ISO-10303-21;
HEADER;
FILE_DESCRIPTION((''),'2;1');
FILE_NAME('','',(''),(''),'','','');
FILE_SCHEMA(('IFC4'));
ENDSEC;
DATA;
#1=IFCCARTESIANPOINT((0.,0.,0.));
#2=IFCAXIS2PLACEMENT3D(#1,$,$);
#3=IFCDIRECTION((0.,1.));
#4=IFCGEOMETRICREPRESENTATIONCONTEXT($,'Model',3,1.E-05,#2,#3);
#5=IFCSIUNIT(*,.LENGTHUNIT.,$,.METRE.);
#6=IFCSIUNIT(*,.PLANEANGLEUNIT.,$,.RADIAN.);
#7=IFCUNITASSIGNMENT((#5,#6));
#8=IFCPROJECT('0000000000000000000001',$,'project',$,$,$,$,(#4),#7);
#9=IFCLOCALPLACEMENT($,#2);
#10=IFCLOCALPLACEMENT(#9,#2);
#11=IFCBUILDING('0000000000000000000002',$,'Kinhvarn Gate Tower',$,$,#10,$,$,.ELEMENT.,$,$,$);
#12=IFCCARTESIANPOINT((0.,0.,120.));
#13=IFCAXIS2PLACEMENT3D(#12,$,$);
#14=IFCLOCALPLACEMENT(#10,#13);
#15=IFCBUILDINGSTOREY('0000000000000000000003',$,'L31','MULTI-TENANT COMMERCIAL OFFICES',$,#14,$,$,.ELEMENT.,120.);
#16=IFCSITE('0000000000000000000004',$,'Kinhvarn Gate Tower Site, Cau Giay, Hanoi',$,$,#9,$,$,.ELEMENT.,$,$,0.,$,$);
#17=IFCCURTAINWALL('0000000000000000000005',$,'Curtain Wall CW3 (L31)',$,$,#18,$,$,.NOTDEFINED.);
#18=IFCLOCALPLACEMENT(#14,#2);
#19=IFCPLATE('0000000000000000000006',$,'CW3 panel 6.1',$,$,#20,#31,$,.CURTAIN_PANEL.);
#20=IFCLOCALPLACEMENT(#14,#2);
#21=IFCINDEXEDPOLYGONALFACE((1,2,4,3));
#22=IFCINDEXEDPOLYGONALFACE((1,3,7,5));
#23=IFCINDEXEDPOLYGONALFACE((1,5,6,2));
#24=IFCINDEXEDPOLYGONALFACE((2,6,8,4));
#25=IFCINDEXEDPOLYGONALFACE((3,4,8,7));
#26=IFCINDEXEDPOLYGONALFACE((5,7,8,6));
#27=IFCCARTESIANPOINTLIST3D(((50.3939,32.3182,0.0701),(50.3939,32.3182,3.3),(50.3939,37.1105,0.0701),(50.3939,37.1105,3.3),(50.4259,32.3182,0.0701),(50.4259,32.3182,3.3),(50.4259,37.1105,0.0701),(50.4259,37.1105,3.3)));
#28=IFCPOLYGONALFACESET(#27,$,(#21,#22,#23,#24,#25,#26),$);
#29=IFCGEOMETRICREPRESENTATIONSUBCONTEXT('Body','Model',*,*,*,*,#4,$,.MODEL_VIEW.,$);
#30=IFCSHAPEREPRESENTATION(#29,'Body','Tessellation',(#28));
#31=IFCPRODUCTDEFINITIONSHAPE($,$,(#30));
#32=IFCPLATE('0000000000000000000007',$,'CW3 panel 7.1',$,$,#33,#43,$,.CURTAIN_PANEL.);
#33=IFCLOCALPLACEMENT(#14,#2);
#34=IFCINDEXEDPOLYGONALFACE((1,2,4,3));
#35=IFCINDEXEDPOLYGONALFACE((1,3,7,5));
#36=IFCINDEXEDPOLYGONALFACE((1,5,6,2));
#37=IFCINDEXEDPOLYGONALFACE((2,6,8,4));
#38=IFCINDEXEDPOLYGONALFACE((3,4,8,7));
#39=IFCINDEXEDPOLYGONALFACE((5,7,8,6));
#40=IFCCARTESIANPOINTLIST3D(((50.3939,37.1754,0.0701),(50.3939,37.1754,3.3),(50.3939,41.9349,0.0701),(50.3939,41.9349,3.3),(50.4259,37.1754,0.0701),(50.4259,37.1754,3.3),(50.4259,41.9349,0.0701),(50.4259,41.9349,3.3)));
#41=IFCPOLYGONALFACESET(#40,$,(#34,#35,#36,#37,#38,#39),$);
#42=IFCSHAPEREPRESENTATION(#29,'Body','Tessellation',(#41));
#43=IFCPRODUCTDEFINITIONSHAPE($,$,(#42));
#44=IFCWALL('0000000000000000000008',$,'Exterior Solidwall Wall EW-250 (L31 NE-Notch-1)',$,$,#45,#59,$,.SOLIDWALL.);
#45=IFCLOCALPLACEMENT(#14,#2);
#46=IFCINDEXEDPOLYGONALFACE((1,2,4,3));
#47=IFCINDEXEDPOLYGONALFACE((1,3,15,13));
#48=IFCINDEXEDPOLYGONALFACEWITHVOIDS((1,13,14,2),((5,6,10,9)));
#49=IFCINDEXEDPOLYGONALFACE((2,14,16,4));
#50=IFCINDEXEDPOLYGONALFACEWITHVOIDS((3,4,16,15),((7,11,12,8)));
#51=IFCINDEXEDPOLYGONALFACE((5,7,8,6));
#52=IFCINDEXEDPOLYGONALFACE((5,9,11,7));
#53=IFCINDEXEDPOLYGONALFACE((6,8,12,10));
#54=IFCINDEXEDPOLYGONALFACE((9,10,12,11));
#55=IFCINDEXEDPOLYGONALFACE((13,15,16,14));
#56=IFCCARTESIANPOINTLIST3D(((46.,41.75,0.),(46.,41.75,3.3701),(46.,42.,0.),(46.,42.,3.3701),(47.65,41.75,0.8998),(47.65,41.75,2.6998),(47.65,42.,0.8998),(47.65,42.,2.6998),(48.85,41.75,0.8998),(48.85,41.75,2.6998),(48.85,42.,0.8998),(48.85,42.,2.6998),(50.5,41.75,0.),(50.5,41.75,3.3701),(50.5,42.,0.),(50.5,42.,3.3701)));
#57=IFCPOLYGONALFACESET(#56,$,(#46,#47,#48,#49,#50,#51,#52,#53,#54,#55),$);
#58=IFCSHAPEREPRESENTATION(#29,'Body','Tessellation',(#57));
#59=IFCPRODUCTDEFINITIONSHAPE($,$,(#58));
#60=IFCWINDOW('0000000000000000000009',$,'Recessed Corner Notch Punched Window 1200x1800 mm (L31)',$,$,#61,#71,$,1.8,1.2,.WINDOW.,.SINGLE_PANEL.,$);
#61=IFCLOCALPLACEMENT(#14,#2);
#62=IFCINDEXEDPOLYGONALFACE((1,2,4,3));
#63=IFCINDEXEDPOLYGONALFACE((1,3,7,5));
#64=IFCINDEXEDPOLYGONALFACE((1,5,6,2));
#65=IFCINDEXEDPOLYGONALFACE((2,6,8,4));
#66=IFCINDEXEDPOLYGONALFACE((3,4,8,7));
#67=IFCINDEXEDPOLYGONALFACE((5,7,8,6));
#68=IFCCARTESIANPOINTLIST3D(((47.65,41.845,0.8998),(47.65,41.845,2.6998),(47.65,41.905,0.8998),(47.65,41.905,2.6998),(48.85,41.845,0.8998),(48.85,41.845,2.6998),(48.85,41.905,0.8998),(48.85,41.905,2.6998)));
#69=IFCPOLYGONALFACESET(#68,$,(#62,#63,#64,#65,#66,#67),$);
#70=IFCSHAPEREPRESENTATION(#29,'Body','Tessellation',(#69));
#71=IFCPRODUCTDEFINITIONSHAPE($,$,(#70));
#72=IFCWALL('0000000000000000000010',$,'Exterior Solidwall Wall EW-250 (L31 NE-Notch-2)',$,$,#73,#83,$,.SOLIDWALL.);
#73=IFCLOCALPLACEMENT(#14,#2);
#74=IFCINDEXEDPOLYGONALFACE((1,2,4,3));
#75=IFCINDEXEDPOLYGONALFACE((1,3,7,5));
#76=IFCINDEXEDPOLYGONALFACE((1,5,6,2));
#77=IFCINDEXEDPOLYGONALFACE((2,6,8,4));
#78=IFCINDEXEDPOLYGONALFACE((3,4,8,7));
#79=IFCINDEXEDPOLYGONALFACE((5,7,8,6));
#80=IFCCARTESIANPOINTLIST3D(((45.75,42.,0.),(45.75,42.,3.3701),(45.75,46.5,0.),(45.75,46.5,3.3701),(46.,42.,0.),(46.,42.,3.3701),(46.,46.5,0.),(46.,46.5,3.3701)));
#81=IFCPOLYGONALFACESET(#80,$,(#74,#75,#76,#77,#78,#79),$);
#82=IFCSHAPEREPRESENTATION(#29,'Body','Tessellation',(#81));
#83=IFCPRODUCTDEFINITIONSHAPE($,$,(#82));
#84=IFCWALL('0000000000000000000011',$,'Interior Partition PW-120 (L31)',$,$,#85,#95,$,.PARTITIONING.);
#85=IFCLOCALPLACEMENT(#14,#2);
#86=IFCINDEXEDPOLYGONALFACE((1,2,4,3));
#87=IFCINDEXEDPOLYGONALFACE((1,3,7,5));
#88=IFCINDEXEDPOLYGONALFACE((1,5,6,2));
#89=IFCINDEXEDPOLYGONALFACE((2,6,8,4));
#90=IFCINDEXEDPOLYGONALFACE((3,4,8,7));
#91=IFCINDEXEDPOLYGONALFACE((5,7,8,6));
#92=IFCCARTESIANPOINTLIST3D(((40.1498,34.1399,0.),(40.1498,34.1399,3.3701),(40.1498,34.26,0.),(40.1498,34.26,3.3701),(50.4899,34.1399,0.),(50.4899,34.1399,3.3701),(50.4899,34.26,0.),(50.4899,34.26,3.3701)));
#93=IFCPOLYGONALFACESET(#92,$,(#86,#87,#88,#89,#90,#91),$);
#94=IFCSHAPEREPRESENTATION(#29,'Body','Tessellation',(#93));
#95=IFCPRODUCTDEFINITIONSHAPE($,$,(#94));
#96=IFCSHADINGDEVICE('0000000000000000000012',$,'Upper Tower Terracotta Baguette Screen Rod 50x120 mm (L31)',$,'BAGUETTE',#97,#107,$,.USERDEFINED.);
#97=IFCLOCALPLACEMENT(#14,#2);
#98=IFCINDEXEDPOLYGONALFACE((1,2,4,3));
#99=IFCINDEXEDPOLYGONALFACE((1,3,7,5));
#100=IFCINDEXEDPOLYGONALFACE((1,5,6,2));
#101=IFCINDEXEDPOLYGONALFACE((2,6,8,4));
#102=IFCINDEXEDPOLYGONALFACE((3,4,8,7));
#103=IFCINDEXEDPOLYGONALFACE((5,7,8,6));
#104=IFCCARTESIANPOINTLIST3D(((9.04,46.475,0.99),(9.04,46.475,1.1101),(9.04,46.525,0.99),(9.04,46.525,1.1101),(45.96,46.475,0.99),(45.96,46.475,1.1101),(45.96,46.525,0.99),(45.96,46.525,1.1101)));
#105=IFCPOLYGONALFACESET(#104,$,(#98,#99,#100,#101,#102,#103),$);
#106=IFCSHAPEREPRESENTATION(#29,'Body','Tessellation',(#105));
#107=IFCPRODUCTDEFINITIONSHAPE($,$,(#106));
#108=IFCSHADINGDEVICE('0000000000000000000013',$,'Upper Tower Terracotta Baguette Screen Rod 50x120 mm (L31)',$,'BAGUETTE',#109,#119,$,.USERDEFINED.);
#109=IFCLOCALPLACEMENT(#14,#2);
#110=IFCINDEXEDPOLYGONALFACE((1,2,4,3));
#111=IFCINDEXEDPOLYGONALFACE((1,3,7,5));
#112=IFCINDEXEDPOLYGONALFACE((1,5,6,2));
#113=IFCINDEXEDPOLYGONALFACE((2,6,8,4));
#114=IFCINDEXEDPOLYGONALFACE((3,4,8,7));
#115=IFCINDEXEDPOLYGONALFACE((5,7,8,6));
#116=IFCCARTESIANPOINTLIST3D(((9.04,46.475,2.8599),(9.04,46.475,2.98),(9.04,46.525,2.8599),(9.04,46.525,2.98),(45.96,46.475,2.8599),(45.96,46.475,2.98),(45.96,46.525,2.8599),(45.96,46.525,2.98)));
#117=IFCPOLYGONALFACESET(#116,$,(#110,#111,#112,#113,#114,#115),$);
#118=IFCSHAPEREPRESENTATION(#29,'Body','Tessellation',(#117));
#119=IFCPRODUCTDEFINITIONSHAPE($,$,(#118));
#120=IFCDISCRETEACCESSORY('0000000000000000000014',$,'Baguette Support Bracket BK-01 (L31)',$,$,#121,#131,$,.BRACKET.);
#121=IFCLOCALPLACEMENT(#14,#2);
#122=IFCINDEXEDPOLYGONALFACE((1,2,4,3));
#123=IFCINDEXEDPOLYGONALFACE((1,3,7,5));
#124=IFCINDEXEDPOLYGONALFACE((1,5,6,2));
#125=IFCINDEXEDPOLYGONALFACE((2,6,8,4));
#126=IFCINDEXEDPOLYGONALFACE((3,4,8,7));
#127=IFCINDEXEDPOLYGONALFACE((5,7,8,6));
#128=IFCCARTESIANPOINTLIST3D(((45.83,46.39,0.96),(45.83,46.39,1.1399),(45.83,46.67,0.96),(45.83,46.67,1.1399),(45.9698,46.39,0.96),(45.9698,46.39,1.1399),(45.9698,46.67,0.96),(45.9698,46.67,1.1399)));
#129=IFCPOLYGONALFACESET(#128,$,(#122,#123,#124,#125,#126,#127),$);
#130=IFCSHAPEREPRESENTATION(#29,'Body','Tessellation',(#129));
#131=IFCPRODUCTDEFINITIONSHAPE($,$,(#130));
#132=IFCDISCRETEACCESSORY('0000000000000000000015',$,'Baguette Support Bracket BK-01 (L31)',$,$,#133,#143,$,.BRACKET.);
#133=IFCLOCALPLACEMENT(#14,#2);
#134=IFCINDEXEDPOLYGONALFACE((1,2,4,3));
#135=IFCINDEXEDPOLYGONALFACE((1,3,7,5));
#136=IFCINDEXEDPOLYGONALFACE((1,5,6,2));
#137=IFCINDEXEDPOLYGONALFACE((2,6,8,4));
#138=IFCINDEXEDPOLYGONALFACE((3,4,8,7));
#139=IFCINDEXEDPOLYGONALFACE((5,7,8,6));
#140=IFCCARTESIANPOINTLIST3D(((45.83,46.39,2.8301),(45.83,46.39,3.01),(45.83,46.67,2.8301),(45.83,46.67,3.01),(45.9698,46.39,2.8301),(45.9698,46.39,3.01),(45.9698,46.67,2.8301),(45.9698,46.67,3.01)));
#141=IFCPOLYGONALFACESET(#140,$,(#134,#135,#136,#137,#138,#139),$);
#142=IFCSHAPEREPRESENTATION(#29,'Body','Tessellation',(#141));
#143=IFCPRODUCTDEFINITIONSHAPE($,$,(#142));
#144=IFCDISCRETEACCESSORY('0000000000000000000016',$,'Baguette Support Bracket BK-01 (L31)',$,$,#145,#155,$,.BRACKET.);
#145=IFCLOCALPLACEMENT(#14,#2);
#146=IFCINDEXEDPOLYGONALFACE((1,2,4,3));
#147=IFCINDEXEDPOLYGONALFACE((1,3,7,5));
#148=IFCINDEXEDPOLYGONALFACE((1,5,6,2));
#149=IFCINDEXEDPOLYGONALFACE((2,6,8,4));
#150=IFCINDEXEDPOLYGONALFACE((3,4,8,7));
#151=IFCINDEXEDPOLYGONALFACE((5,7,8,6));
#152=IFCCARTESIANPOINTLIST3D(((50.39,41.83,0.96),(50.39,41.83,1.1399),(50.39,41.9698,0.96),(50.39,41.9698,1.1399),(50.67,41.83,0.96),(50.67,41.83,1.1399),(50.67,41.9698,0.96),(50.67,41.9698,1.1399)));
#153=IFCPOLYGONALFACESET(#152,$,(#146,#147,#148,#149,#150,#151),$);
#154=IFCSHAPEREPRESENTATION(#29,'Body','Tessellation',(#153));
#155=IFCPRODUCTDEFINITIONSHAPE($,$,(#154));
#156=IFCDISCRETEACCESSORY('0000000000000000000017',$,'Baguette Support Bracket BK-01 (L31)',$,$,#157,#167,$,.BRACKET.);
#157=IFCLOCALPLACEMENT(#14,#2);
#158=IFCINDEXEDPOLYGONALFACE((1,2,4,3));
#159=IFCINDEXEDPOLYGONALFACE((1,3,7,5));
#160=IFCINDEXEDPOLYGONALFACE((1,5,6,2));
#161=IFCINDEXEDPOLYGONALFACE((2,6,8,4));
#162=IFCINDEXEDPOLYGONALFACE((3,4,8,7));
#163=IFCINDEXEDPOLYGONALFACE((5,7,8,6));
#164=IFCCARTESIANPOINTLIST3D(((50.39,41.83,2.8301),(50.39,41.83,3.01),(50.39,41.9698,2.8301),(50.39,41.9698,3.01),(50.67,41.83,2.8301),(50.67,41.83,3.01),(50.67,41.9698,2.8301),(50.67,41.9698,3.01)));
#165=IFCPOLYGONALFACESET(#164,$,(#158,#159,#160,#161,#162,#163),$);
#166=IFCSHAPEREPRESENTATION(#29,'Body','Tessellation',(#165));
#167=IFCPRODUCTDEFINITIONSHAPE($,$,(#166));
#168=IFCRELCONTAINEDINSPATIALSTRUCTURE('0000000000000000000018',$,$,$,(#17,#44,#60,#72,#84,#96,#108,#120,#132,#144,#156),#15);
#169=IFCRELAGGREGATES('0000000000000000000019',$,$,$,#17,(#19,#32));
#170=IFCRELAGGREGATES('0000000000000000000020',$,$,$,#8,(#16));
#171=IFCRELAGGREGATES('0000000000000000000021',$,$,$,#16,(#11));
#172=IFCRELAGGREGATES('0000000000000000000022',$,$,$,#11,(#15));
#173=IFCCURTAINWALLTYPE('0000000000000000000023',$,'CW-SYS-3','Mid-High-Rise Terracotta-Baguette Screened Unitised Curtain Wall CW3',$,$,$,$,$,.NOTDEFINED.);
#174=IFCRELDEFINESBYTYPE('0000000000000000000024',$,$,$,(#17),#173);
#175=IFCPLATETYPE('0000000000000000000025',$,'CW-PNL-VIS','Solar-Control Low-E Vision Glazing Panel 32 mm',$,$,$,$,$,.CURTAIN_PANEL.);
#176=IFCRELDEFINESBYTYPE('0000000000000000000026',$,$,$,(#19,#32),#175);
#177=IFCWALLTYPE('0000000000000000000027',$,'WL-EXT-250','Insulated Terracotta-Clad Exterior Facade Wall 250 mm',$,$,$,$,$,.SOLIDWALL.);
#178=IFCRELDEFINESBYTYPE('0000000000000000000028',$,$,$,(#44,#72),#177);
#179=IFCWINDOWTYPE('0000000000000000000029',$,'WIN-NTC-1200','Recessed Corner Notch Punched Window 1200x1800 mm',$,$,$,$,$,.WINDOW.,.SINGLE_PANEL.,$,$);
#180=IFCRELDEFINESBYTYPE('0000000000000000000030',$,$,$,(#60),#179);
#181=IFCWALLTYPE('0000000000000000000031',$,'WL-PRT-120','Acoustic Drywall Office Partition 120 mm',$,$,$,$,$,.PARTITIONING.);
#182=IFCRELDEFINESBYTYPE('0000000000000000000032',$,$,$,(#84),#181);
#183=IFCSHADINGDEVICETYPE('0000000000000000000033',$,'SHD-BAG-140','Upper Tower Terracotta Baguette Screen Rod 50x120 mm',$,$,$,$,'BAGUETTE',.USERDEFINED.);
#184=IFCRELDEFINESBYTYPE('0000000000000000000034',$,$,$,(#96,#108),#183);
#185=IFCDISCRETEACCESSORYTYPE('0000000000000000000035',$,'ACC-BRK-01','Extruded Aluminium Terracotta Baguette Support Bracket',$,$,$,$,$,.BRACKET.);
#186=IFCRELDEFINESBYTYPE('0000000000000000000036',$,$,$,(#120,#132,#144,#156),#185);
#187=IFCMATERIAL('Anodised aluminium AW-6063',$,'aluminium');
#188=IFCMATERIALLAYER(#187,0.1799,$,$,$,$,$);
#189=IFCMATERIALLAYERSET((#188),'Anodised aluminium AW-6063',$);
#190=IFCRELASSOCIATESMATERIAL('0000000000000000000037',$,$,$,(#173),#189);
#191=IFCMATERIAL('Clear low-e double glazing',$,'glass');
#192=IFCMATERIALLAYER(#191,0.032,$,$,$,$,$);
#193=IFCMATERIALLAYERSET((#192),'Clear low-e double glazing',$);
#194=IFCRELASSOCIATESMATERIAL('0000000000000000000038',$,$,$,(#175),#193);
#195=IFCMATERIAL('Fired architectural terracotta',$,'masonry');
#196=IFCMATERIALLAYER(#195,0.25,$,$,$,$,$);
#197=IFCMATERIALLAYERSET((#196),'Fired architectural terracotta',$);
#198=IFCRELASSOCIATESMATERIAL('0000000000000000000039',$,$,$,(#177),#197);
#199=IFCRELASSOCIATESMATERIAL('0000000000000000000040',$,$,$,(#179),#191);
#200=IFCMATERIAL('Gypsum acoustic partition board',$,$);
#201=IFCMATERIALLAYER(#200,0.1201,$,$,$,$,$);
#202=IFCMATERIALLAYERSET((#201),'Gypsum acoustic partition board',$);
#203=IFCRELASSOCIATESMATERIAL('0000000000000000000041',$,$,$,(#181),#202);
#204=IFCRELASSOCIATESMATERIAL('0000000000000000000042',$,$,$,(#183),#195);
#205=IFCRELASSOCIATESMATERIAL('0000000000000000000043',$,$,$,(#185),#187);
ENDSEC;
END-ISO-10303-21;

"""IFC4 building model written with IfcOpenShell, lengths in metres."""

from ifc_helpers import new_model, si_unit, direction, frame, frame_2d, origin, origin_2d, place, context, subcontext, project, spatial, rectangle, extrude, material, layer, layer_set, material_profile, profile_set, type_object, element, fill, aggregate, save


model = new_model("IFC4")

# Units and contexts
model_context = context("Model", 3, precision=1e-05, world=origin(), true_north=direction((0.0, 1.0)))
body_context = subcontext(model_context, "Body", "Model", "MODEL_VIEW")
ifc_project = project(units=[si_unit("LENGTHUNIT", "METRE"), si_unit("PLANEANGLEUNIT", "RADIAN")], contexts=[model_context])

# Site, building, storey
site_placement = place(None, origin())
site = spatial("IfcSite", under=ifc_project, at=site_placement, Name="Kinhvarn Gate Tower Site, Cau Giay, Hanoi", CompositionType="ELEMENT", RefElevation=0.0)
building_placement = place(site_placement, origin())
building = spatial("IfcBuilding", under=site, at=building_placement, Name="Kinhvarn Gate Tower", CompositionType="ELEMENT")
storey_placement = place(building_placement, frame((0.0, 0.0, 120.0)))
storey = spatial("IfcBuildingStorey", under=building, at=storey_placement, Name="L31", Description="MULTI-TENANT COMMERCIAL OFFICES", CompositionType="ELEMENT", Elevation=120.0)

# Curtain wall
ifc_material_1 = material(Name="Anodised aluminium AW-6063", Category="aluminium")
ifc_layer_1 = layer(ifc_material_1, 0.1799)
ifc_layer_set_1 = layer_set([ifc_layer_1], Name="Anodised aluminium AW-6063")
curtain_wall_type = type_object("IfcCurtainWallType", Name="CW-SYS-3", Description="Mid-High-Rise Terracotta-Baguette Screened Unitised Curtain Wall CW3", PredefinedType="NOTDEFINED", material=ifc_layer_set_1)
curtain_wall_1_placement = place(storey_placement, origin())
curtain_wall_1 = element("IfcCurtainWall", 1, at=curtain_wall_1_placement, inside=storey, type_object=curtain_wall_type, Name="Curtain Wall CW3 (L31)", PredefinedType="NOTDEFINED")

# Plates
ifc_material_2 = material(Name="Clear low-e double glazing", Category="glass")
ifc_layer_2 = layer(ifc_material_2, 0.032)
ifc_layer_set_2 = layer_set([ifc_layer_2], Name="Clear low-e double glazing")
plate_type = type_object("IfcPlateType", Name="CW-PNL-VIS", Description="Solar-Control Low-E Vision Glazing Panel 32 mm", PredefinedType="CURTAIN_PANEL", material=ifc_layer_set_2)
plate_1_placement = place(storey_placement, frame((50.4099, 34.7144, 0.0701), z_axis=(0.0, 0.0, 1.0), x_axis=(0.0, 1.0, 0.0)))
plate_1 = element("IfcPlate", 2, at=plate_1_placement, type_object=plate_type, Name="CW3 panel 6.1", PredefinedType="CURTAIN_PANEL", context=body_context, shape_type="SweptSolid", body=[
    extrude(rectangle(XDim=4.7922, YDim=0.032, at=origin_2d()), origin(), (0.0, 0.0, 1.0), 3.23),
])
plate_2_placement = place(storey_placement, frame((50.4099, 39.5552, 0.0701), z_axis=(0.0, 0.0, 1.0), x_axis=(0.0, 1.0, 0.0)))
plate_2 = element("IfcPlate", 3, at=plate_2_placement, type_object=plate_type, Name="CW3 panel 7.1", PredefinedType="CURTAIN_PANEL", context=body_context, shape_type="SweptSolid", body=[
    extrude(rectangle(XDim=4.7595, YDim=0.032, at=origin_2d()), origin(), (0.0, 0.0, 1.0), 3.23),
])
aggregate(curtain_wall_1, [plate_1, plate_2])

# Wall, opening, window
ifc_material_3 = material(Name="Fired architectural terracotta", Category="masonry")
ifc_layer_3 = layer(ifc_material_3, 0.25)
ifc_layer_set_3 = layer_set([ifc_layer_3], Name="Fired architectural terracotta")
wall_type_1 = type_object("IfcWallType", Name="WL-EXT-250", Description="Insulated Terracotta-Clad Exterior Facade Wall 250 mm", PredefinedType="SOLIDWALL", material=ifc_layer_set_3)
wall_1_placement = place(storey_placement, frame((50.5, 41.875, 0.0), z_axis=(0.0, 0.0, 1.0), x_axis=(-1.0, 0.0, 0.0)))
wall_1 = element("IfcWall", 4, at=wall_1_placement, inside=storey, type_object=wall_type_1, Name="Exterior Solidwall Wall EW-250 (L31 NE-Notch-1)", PredefinedType="SOLIDWALL", context=body_context, shape_type="SweptSolid", body=[
    extrude(rectangle(XDim=4.5, YDim=0.25, at=frame_2d((2.25, 0.0))), origin(), (0.0, 0.0, 1.0), 3.3701),
])
opening_placement = place(wall_1_placement, frame((1.6499, 0.0, 0.8999)))
opening = element("IfcOpeningElement", 5, at=opening_placement, cuts=wall_1, PredefinedType="OPENING", context=body_context, shape_type="SweptSolid", body=[
    extrude(rectangle(XDim=1.2, YDim=1.8, at=frame_2d((0.6001, 0.8999))), frame((0.0, 0.135, 0.0), z_axis=(0.0, -1.0, 0.0), x_axis=(1.0, 0.0, 0.0)), (0.0, 0.0, 1.0), 0.27),
])
window_type = type_object("IfcWindowType", Name="WIN-NTC-1200", Description="Recessed Corner Notch Punched Window 1200x1800 mm", PartitioningType="SINGLE_PANEL", PredefinedType="WINDOW", material=ifc_material_2)
window_placement = place(opening_placement, origin())
window = element("IfcWindow", 6, at=window_placement, inside=storey, type_object=window_type, Name="Recessed Corner Notch Punched Window 1200x1800 mm (L31)", OverallHeight=1.8, OverallWidth=1.2, PartitioningType="SINGLE_PANEL", PredefinedType="WINDOW", context=body_context, shape_type="SweptSolid", body=[
    extrude(rectangle(XDim=1.2, YDim=1.8, at=frame_2d((0.6001, 0.8999))), frame((0.0, 0.03, 0.0), z_axis=(0.0, -1.0, 0.0), x_axis=(1.0, 0.0, 0.0)), (0.0, 0.0, 1.0), 0.0601),
])
fill(opening, window)

# Walls
wall_2_placement = place(storey_placement, frame((45.875, 42.0, 0.0), z_axis=(0.0, 0.0, 1.0), x_axis=(0.0, 1.0, 0.0)))
element("IfcWall", 7, at=wall_2_placement, inside=storey, type_object=wall_type_1, Name="Exterior Solidwall Wall EW-250 (L31 NE-Notch-2)", PredefinedType="SOLIDWALL", context=body_context, shape_type="SweptSolid", body=[
    extrude(rectangle(XDim=4.5, YDim=0.25, at=frame_2d((2.25, 0.0))), origin(), (0.0, 0.0, 1.0), 3.3701),
])
ifc_material_4 = material(Name="Gypsum acoustic partition board")
ifc_layer_4 = layer(ifc_material_4, 0.1201)
ifc_layer_set_4 = layer_set([ifc_layer_4], Name="Gypsum acoustic partition board")
wall_type_2 = type_object("IfcWallType", Name="WL-PRT-120", Description="Acoustic Drywall Office Partition 120 mm", PredefinedType="PARTITIONING", material=ifc_layer_set_4)
wall_3_placement = place(storey_placement, frame((40.1499, 34.2, 0.0), z_axis=(0.0, 0.0, 1.0), x_axis=(1.0, 0.0, 0.0)))
element("IfcWall", 8, at=wall_3_placement, inside=storey, type_object=wall_type_2, Name="Interior Partition PW-120 (L31)", PredefinedType="PARTITIONING", context=body_context, shape_type="SweptSolid", body=[
    extrude(rectangle(XDim=10.3401, YDim=0.1201, at=frame_2d((5.1699, 0.0))), origin(), (0.0, 0.0, 1.0), 3.3701),
])

# Shading devices
ifc_material_profile_1 = material_profile(ifc_material_3, rectangle(XDim=0.05, YDim=0.1201, at=origin_2d()), Name="TC 50x120")
ifc_profile_set_1 = profile_set([ifc_material_profile_1], Name="Fired architectural terracotta")
shading_device_type = type_object("IfcShadingDeviceType", Name="SHD-BAG-140", Description="Upper Tower Terracotta Baguette Screen Rod 50x120 mm", ElementType="BAGUETTE", PredefinedType="USERDEFINED", material=ifc_profile_set_1)
for number, where, z_axis, x_axis, name in (
    (9, (45.96, 46.5, 1.05), (-1.0, 0.0, 0.0), (0.0, -1.0, 0.0), "Upper Tower Terracotta Baguette Screen Rod 50x120 mm (L31)"),
    (10, (45.96, 46.5, 2.9199), (-1.0, 0.0, 0.0), (0.0, -1.0, 0.0), "Upper Tower Terracotta Baguette Screen Rod 50x120 mm (L31)"),
):
    element("IfcShadingDevice", number, at=place(storey_placement, frame(where, z_axis=z_axis, x_axis=x_axis)), inside=storey, type_object=shading_device_type, Name=name, ObjectType="BAGUETTE", PredefinedType="USERDEFINED", context=body_context, shape_type="SweptSolid", body=[
        extrude(rectangle(XDim=0.05, YDim=0.1201, at=origin_2d()), origin(), (0.0, 0.0, 1.0), 36.9199),
    ])

# Discrete accessories
discrete_accessory_type = type_object("IfcDiscreteAccessoryType", Name="ACC-BRK-01", Description="Extruded Aluminium Terracotta Baguette Support Bracket", PredefinedType="BRACKET", material=ifc_material_1)
for number, where, z_axis, x_axis, name in (
    (11, (45.8999, 46.53, 0.96), (0.0, 0.0, 1.0), (-1.0, 0.0, 0.0), "Baguette Support Bracket BK-01 (L31)"),
    (12, (45.8999, 46.53, 2.8301), (0.0, 0.0, 1.0), (-1.0, 0.0, 0.0), "Baguette Support Bracket BK-01 (L31)"),
    (13, (50.53, 41.8999, 0.96), (0.0, 0.0, 1.0), (0.0, 1.0, 0.0), "Baguette Support Bracket BK-01 (L31)"),
    (14, (50.53, 41.8999, 2.8301), (0.0, 0.0, 1.0), (0.0, 1.0, 0.0), "Baguette Support Bracket BK-01 (L31)"),
):
    element("IfcDiscreteAccessory", number, at=place(storey_placement, frame(where, z_axis=z_axis, x_axis=x_axis)), inside=storey, type_object=discrete_accessory_type, Name=name, PredefinedType="BRACKET", context=body_context, shape_type="SweptSolid", body=[
        extrude(rectangle(XDim=0.1399, YDim=0.28, at=origin_2d()), origin(), (0.0, 0.0, 1.0), 0.1799),
    ])

save(model, "model.ifc")
